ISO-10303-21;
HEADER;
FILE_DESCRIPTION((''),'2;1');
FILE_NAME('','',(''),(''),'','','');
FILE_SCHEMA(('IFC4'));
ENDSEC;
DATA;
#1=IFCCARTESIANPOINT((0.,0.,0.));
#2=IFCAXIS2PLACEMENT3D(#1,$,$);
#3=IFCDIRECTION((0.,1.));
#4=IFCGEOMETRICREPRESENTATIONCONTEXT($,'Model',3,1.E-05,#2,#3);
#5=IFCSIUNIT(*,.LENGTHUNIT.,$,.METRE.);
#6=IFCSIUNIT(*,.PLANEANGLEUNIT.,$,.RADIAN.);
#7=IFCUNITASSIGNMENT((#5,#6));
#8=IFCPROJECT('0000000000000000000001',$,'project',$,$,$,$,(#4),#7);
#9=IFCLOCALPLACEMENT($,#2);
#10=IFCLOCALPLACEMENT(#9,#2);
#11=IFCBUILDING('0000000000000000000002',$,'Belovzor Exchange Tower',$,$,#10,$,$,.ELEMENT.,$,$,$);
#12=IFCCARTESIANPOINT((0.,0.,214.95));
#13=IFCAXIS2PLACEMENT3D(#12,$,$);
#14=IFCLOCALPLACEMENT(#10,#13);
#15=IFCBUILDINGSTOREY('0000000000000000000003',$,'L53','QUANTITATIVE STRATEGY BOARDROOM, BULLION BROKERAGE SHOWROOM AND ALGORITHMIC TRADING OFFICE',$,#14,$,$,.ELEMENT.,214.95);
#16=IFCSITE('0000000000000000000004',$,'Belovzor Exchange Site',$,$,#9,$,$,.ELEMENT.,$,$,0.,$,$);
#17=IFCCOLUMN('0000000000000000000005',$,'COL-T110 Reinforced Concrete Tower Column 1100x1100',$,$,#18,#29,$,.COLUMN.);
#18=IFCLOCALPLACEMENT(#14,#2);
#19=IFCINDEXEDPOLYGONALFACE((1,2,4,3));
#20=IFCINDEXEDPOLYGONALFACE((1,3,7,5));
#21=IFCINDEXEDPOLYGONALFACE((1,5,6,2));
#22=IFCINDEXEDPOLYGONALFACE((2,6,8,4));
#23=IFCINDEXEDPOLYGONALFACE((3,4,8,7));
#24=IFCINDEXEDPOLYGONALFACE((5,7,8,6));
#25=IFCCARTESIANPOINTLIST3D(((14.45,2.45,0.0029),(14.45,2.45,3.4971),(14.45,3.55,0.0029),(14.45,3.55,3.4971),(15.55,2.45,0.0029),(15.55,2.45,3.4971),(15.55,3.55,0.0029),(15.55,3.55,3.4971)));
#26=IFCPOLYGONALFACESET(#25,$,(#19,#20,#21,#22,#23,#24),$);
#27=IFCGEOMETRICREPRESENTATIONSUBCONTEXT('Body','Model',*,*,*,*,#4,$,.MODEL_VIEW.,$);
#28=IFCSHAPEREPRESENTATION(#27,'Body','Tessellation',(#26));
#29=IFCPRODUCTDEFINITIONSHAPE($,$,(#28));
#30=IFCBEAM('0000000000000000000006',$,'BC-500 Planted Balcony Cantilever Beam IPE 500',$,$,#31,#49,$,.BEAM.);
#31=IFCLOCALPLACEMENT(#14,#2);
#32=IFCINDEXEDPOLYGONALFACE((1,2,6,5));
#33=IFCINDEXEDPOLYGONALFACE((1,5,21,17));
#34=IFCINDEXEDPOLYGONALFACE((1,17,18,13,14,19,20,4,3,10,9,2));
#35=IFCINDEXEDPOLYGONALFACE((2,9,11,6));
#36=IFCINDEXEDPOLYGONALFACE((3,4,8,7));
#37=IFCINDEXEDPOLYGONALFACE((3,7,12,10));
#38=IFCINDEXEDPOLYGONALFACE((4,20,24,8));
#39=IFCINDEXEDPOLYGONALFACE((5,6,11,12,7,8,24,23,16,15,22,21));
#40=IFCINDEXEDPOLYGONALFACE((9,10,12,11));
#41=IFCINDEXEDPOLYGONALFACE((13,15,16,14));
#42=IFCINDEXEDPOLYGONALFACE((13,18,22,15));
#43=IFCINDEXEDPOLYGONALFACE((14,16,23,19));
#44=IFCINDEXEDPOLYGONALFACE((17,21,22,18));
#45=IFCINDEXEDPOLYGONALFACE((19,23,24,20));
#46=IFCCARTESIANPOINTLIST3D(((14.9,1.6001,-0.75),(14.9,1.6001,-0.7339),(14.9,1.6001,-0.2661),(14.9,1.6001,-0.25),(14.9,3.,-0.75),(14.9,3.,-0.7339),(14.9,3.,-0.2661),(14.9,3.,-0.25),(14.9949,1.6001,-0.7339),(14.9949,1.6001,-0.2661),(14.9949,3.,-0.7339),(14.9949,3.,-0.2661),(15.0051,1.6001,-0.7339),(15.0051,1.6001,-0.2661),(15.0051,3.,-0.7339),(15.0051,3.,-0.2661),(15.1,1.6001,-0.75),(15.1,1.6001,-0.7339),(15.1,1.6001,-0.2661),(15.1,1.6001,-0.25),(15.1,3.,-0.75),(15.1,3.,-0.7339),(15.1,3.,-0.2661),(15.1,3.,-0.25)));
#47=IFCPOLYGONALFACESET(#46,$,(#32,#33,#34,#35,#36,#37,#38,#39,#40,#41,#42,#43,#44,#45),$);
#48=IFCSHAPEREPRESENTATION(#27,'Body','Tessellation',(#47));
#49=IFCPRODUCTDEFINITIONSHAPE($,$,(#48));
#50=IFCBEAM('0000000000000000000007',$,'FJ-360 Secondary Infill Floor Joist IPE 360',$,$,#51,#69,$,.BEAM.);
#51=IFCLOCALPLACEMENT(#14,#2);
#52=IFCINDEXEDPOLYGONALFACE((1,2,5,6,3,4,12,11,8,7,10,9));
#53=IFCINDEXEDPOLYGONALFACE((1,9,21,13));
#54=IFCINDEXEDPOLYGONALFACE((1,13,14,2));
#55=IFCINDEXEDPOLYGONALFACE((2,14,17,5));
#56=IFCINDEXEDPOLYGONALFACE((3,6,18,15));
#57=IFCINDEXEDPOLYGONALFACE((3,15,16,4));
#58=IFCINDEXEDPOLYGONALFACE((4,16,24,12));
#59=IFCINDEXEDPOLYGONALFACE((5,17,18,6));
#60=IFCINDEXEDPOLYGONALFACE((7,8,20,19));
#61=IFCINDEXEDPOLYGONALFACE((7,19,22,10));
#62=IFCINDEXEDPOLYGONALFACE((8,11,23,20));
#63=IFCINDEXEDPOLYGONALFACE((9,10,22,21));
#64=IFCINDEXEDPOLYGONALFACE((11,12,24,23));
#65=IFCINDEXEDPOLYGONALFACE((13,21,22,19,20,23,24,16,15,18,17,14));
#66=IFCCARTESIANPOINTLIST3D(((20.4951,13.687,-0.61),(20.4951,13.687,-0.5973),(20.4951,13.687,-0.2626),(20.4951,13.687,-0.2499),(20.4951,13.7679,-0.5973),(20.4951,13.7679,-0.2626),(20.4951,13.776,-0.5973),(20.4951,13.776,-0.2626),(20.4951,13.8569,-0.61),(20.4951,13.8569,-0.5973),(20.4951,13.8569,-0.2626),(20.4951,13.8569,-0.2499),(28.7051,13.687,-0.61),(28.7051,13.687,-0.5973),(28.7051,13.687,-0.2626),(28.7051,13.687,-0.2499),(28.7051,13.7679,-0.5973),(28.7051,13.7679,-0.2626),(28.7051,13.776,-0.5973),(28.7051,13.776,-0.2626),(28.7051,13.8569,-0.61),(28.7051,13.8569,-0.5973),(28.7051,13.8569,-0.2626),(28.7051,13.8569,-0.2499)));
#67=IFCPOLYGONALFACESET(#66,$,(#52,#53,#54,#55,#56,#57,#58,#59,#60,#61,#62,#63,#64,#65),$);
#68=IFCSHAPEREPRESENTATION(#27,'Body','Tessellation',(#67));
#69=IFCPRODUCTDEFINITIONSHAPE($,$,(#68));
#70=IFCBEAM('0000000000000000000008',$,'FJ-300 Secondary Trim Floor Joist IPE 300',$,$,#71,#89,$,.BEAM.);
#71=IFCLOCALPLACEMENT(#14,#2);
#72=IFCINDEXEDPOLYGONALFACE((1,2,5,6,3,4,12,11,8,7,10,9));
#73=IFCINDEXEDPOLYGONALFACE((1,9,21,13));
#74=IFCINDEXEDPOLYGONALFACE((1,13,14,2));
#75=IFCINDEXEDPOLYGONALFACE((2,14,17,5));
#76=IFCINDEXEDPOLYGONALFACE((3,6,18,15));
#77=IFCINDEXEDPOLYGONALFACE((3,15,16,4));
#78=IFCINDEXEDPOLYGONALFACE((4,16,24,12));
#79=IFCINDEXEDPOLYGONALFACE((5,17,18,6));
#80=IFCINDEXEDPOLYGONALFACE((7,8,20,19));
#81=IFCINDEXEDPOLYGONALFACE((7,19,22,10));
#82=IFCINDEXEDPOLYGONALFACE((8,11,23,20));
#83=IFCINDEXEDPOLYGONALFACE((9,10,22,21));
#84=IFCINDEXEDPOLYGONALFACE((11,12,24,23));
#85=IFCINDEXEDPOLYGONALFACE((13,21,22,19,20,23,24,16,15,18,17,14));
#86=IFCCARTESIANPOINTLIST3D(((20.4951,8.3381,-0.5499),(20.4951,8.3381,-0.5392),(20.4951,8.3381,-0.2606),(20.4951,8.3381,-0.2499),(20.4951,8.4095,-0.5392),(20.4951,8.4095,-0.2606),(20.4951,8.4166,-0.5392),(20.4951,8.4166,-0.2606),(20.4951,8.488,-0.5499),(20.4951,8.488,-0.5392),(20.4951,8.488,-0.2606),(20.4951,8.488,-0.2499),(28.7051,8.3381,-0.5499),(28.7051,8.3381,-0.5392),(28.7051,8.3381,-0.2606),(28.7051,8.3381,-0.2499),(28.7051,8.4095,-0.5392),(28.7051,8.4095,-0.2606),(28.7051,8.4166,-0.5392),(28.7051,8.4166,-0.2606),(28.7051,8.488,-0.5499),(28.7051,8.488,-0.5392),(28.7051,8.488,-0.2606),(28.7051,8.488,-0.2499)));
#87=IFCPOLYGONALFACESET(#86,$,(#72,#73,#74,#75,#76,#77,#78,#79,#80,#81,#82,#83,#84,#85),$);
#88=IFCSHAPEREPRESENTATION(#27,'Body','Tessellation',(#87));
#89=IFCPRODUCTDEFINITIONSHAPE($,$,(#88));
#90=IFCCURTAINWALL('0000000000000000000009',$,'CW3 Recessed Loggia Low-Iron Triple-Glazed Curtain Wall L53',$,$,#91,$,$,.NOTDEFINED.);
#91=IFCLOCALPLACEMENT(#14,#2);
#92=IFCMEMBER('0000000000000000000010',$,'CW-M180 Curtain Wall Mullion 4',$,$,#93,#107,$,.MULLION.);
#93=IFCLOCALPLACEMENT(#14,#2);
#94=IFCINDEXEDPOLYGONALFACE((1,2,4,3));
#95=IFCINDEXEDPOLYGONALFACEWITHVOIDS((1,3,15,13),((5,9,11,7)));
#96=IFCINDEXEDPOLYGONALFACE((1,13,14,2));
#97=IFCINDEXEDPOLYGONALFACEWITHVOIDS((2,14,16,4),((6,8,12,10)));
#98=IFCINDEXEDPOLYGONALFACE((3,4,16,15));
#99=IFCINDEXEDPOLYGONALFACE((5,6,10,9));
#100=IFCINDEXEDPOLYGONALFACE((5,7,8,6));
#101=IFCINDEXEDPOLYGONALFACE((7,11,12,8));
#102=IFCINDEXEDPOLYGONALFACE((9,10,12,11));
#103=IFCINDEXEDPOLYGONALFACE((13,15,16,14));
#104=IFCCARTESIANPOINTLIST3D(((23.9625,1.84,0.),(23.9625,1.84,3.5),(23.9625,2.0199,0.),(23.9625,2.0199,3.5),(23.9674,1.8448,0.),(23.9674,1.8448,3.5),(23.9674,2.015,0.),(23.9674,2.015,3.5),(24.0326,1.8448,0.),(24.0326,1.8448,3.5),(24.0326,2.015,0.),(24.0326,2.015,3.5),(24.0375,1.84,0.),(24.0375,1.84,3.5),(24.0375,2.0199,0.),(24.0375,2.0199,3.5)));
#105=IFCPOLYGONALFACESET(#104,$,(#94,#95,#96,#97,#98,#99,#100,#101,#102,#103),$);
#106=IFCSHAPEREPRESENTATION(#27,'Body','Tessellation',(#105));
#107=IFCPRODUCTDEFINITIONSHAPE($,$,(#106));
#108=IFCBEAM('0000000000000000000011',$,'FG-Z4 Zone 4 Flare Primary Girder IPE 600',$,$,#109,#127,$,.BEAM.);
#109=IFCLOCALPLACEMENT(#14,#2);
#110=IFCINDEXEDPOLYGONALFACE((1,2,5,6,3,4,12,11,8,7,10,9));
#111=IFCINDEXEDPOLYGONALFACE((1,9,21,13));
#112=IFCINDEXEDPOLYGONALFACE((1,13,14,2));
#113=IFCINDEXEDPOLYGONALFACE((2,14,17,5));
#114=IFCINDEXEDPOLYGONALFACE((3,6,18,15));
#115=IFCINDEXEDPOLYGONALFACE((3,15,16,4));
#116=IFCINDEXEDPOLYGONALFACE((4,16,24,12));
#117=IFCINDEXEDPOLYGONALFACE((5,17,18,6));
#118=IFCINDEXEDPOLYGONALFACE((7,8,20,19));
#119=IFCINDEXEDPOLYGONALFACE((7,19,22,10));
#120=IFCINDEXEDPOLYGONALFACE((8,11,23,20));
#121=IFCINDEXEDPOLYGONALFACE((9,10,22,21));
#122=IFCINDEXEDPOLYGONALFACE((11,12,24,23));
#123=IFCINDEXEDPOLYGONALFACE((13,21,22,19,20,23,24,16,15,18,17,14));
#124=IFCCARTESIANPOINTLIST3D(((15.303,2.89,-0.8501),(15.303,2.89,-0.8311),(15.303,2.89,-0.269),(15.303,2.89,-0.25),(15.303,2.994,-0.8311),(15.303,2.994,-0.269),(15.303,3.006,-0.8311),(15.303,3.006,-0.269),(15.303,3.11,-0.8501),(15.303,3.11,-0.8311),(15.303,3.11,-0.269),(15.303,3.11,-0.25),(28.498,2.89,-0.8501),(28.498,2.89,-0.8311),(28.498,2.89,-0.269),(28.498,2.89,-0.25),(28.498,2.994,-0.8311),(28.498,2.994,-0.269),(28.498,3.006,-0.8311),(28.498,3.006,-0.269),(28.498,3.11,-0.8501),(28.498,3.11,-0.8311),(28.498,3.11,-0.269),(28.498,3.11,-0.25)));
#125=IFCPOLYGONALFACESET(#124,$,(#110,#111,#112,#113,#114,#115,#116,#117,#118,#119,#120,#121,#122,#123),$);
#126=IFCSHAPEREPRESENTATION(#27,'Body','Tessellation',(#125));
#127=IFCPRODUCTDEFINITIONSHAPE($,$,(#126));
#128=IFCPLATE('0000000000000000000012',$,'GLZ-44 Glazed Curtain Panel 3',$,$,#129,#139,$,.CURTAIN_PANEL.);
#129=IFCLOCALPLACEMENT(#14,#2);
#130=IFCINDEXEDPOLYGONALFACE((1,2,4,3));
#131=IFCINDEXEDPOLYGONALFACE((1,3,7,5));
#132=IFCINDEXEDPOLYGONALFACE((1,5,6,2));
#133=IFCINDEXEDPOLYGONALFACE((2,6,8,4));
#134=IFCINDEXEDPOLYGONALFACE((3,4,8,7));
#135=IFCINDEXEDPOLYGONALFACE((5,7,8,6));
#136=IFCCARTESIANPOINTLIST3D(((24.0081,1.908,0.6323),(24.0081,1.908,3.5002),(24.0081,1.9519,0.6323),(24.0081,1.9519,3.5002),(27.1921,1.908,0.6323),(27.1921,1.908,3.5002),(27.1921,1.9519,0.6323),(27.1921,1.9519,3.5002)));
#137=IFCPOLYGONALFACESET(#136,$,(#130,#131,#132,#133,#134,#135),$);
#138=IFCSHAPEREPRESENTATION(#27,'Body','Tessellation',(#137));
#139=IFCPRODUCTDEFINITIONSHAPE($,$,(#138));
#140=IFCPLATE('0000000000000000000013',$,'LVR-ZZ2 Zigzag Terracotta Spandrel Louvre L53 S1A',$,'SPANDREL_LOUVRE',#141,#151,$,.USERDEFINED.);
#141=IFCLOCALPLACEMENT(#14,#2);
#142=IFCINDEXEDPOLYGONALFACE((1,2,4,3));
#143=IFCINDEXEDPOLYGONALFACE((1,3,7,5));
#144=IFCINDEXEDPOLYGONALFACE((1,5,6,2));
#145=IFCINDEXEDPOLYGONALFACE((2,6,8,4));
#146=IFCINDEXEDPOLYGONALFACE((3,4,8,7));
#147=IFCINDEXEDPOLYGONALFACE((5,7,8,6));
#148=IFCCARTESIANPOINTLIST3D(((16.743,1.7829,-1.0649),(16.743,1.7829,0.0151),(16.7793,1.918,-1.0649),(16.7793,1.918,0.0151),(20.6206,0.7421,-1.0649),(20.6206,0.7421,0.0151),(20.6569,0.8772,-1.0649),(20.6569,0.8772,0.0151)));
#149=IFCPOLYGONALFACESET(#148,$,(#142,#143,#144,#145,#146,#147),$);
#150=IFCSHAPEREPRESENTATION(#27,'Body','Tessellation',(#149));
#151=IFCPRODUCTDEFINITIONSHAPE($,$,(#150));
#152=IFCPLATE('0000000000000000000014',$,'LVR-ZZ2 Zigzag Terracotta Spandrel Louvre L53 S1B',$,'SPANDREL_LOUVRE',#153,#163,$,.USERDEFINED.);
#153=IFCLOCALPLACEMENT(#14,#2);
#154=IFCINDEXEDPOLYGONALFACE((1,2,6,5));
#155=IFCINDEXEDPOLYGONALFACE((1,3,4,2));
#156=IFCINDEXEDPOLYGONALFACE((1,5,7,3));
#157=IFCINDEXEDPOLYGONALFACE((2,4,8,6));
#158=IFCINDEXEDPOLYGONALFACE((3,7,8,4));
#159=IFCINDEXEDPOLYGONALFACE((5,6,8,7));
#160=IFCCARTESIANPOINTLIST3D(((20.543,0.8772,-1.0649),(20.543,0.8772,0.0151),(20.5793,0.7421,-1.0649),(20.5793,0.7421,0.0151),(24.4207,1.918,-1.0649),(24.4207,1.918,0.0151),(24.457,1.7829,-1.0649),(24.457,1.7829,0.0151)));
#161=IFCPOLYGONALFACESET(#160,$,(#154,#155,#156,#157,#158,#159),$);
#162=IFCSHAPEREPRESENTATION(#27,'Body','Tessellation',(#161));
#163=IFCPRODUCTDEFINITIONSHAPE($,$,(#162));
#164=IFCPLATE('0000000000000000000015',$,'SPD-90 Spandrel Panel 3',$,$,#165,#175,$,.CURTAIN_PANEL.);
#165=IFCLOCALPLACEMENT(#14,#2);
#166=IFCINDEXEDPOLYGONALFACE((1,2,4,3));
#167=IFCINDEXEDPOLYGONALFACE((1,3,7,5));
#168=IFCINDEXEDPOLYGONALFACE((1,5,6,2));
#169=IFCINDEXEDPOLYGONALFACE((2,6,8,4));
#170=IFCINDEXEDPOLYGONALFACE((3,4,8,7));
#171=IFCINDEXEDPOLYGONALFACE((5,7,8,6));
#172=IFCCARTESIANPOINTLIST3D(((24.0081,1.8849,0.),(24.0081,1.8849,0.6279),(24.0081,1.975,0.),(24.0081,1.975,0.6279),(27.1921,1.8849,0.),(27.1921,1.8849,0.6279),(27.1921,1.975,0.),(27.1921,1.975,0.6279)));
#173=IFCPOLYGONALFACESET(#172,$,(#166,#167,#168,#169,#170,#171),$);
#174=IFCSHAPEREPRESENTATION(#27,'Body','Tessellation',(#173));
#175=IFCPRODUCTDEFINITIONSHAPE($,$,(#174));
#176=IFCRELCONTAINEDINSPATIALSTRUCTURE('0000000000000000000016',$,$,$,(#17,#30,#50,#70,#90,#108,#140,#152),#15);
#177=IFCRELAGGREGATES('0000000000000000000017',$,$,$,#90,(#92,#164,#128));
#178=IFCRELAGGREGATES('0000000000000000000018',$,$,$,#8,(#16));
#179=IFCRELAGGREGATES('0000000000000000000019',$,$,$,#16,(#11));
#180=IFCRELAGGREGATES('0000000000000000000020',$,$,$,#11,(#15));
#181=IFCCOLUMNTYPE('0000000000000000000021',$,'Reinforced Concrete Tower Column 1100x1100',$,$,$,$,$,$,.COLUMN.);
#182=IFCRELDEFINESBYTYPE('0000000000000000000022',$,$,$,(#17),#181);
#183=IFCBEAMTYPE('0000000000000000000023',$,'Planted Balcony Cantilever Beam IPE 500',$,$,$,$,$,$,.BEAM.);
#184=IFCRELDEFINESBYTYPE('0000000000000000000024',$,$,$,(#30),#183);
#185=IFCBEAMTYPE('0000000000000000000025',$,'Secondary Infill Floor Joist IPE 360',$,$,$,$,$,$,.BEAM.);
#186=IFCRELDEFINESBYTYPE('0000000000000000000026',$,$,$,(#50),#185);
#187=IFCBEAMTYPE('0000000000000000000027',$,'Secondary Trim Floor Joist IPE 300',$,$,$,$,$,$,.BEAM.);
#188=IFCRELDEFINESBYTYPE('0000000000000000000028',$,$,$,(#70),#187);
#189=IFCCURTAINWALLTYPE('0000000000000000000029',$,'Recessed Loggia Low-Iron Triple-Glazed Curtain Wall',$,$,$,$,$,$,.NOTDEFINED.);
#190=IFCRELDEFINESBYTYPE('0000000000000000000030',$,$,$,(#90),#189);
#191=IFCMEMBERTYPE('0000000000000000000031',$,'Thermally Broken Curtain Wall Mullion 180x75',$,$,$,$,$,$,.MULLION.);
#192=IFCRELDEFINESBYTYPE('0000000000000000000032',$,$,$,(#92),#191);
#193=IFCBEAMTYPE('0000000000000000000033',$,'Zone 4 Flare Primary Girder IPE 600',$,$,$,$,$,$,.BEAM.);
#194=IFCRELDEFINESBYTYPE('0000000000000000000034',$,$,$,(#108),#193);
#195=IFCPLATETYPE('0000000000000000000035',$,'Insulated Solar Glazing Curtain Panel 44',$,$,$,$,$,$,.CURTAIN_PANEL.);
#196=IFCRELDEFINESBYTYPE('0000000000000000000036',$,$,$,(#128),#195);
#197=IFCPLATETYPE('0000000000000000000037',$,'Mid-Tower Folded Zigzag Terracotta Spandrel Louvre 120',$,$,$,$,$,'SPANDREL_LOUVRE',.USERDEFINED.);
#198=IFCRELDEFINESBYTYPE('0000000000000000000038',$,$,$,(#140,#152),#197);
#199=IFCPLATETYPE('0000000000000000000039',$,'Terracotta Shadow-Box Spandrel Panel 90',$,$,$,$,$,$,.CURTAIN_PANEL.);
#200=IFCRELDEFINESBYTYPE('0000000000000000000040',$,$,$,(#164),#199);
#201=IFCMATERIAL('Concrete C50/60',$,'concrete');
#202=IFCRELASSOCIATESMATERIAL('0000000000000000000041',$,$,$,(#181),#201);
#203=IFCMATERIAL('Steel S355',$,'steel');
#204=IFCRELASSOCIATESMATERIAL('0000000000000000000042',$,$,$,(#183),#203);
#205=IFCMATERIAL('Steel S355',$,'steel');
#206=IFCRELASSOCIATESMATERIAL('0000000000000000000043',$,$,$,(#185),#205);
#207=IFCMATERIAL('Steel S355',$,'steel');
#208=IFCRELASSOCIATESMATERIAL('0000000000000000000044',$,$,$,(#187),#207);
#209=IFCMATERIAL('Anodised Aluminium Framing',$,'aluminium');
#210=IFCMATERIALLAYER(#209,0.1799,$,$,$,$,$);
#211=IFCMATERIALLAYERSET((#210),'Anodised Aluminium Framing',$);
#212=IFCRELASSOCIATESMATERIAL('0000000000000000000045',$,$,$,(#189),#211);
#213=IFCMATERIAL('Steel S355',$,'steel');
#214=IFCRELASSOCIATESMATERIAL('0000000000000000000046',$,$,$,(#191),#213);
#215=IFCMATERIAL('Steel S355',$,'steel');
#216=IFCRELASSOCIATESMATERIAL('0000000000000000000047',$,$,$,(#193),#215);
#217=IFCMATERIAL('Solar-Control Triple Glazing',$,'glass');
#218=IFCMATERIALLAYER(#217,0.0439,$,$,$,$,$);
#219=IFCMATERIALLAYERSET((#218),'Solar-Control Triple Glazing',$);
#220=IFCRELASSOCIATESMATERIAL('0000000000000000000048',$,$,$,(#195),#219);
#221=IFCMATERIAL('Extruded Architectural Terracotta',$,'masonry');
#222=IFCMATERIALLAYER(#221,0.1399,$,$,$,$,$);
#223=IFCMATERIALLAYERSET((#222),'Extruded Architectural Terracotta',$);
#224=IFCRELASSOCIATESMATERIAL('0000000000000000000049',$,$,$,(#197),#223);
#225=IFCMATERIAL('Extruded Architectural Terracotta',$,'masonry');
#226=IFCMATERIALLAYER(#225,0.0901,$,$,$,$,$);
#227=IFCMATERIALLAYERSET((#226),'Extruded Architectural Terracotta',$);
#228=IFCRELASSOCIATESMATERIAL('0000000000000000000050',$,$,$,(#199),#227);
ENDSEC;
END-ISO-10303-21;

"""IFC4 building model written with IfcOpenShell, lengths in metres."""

from ifc_helpers import new_model, si_unit, direction, frame, origin, origin_2d, place, context, subcontext, project, spatial, rectangle, hollow_rectangle, i_section, extrude, material, layer, layer_set, material_profile, profile_set, type_object, element, aggregate, save


model = new_model("IFC4")

# Units and contexts
model_context = context("Model", 3, precision=1e-05, world=origin(), true_north=direction((0.0, 1.0)))
body_context = subcontext(model_context, "Body", "Model", "MODEL_VIEW")
ifc_project = project(units=[si_unit("LENGTHUNIT", "METRE"), si_unit("PLANEANGLEUNIT", "RADIAN")], contexts=[model_context])

# Site, building, storey
site_placement = place(None, origin())
site = spatial("IfcSite", under=ifc_project, at=site_placement, Name="Belovzor Exchange Site", CompositionType="ELEMENT", RefElevation=0.0)
building_placement = place(site_placement, origin())
building = spatial("IfcBuilding", under=site, at=building_placement, Name="Belovzor Exchange Tower", CompositionType="ELEMENT")
storey_placement = place(building_placement, frame((0.0, 0.0, 214.95)))
storey = spatial("IfcBuildingStorey", under=building, at=storey_placement, Name="L53", Description="QUANTITATIVE STRATEGY BOARDROOM, BULLION BROKERAGE SHOWROOM AND ALGORITHMIC TRADING OFFICE", CompositionType="ELEMENT", Elevation=214.95)

# Column
ifc_material_1 = material(Name="Concrete C50/60", Category="concrete")
ifc_material_profile_1 = material_profile(ifc_material_1, rectangle(XDim=1.1001, YDim=1.1001, at=origin_2d()))
ifc_profile_set_1 = profile_set([ifc_material_profile_1], Name="Concrete C50/60")
column_type = type_object("IfcColumnType", Name="Reinforced Concrete Tower Column 1100x1100", PredefinedType="COLUMN", material=ifc_profile_set_1)
column_placement = place(storey_placement, frame((15.0, 3.0, 0.0029), z_axis=(0.0, 0.0, 1.0), x_axis=(1.0, 0.0, 0.0)))
element("IfcColumn", 1, at=column_placement, inside=storey, type_object=column_type, Name="COL-T110 Reinforced Concrete Tower Column 1100x1100", PredefinedType="COLUMN", context=body_context, shape_type="SweptSolid", body=[
    extrude(rectangle(XDim=1.1001, YDim=1.1001, at=origin_2d()), origin(), (0.0, 0.0, 1.0), 3.4941),
])

# Beams
ifc_material_2 = material(Name="Steel S355", Category="steel")
ifc_material_profile_2 = material_profile(ifc_material_2, i_section(OverallWidth=0.2, OverallDepth=0.5, WebThickness=0.0103, FlangeThickness=0.0161, at=origin_2d()))
ifc_profile_set_2 = profile_set([ifc_material_profile_2], Name="Steel S355")
beam_type_1 = type_object("IfcBeamType", Name="Planted Balcony Cantilever Beam IPE 500", PredefinedType="BEAM", material=ifc_profile_set_2)
beam_1_placement = place(storey_placement, frame((15.0, 3.0, -0.5), z_axis=(0.0, -1.0, 0.0), x_axis=(1.0, 0.0, 0.0)))
element("IfcBeam", 2, at=beam_1_placement, inside=storey, type_object=beam_type_1, Name="BC-500 Planted Balcony Cantilever Beam IPE 500", PredefinedType="BEAM", context=body_context, shape_type="SweptSolid", body=[
    extrude(i_section(OverallWidth=0.2, OverallDepth=0.5, WebThickness=0.0103, FlangeThickness=0.0161, at=origin_2d()), origin(), (0.0, 0.0, 1.0), 1.3999),
])
ifc_material_3 = material(Name="Steel S355", Category="steel")
ifc_material_profile_3 = material_profile(ifc_material_3, i_section(OverallWidth=0.1699, OverallDepth=0.3601, WebThickness=0.0081, FlangeThickness=0.0127, at=origin_2d()))
ifc_profile_set_3 = profile_set([ifc_material_profile_3], Name="Steel S355")
beam_type_2 = type_object("IfcBeamType", Name="Secondary Infill Floor Joist IPE 360", PredefinedType="BEAM", material=ifc_profile_set_3)
beam_2_placement = place(storey_placement, frame((20.4951, 13.772, -0.4299), z_axis=(1.0, 0.0, 0.0), x_axis=(0.0, 1.0, 0.0)))
element("IfcBeam", 3, at=beam_2_placement, inside=storey, type_object=beam_type_2, Name="FJ-360 Secondary Infill Floor Joist IPE 360", PredefinedType="BEAM", context=body_context, shape_type="SweptSolid", body=[
    extrude(i_section(OverallWidth=0.1699, OverallDepth=0.3601, WebThickness=0.0081, FlangeThickness=0.0127, at=origin_2d()), origin(), (0.0, 0.0, 1.0), 8.21),
])
ifc_material_4 = material(Name="Steel S355", Category="steel")
ifc_material_profile_4 = material_profile(ifc_material_4, i_section(OverallWidth=0.1499, OverallDepth=0.3, WebThickness=0.0071, FlangeThickness=0.0107, at=origin_2d()))
ifc_profile_set_4 = profile_set([ifc_material_profile_4], Name="Steel S355")
beam_type_3 = type_object("IfcBeamType", Name="Secondary Trim Floor Joist IPE 300", PredefinedType="BEAM", material=ifc_profile_set_4)
beam_3_placement = place(storey_placement, frame((20.4951, 8.4131, -0.3999), z_axis=(1.0, 0.0, 0.0), x_axis=(0.0, 1.0, 0.0)))
element("IfcBeam", 4, at=beam_3_placement, inside=storey, type_object=beam_type_3, Name="FJ-300 Secondary Trim Floor Joist IPE 300", PredefinedType="BEAM", context=body_context, shape_type="SweptSolid", body=[
    extrude(i_section(OverallWidth=0.1499, OverallDepth=0.3, WebThickness=0.0071, FlangeThickness=0.0107, at=origin_2d()), origin(), (0.0, 0.0, 1.0), 8.21),
])

# Curtain wall, member
ifc_material_5 = material(Name="Anodised Aluminium Framing", Category="aluminium")
ifc_layer_1 = layer(ifc_material_5, 0.1799)
ifc_layer_set_1 = layer_set([ifc_layer_1], Name="Anodised Aluminium Framing")
curtain_wall_type = type_object("IfcCurtainWallType", Name="Recessed Loggia Low-Iron Triple-Glazed Curtain Wall", PredefinedType="NOTDEFINED", material=ifc_layer_set_1)
curtain_wall_placement = place(storey_placement, origin())
curtain_wall = element("IfcCurtainWall", 5, at=curtain_wall_placement, inside=storey, type_object=curtain_wall_type, Name="CW3 Recessed Loggia Low-Iron Triple-Glazed Curtain Wall L53", PredefinedType="NOTDEFINED")
ifc_material_6 = material(Name="Steel S355", Category="steel")
ifc_material_profile_5 = material_profile(ifc_material_6, hollow_rectangle(XDim=0.075, YDim=0.1799, WallThickness=0.0049, at=origin_2d()))
ifc_profile_set_5 = profile_set([ifc_material_profile_5], Name="Steel S355")
member_type = type_object("IfcMemberType", Name="Thermally Broken Curtain Wall Mullion 180x75", PredefinedType="MULLION", material=ifc_profile_set_5)
member_placement = place(storey_placement, frame((24.0, 1.9299, 0.0), z_axis=(0.0, 0.0, 1.0), x_axis=(-1.0, 0.0, 0.0)))
member = element("IfcMember", 6, at=member_placement, type_object=member_type, Name="CW-M180 Curtain Wall Mullion 4", PredefinedType="MULLION", context=body_context, shape_type="SweptSolid", body=[
    extrude(hollow_rectangle(XDim=0.075, YDim=0.1799, WallThickness=0.0049, at=origin_2d()), origin(), (0.0, 0.0, 1.0), 3.5),
])

# Beam
ifc_material_7 = material(Name="Steel S355", Category="steel")
ifc_material_profile_6 = material_profile(ifc_material_7, i_section(OverallWidth=0.22, OverallDepth=0.6001, WebThickness=0.012, FlangeThickness=0.019, at=origin_2d()))
ifc_profile_set_6 = profile_set([ifc_material_profile_6], Name="Steel S355")
beam_type_4 = type_object("IfcBeamType", Name="Zone 4 Flare Primary Girder IPE 600", PredefinedType="BEAM", material=ifc_profile_set_6)
beam_4_placement = place(storey_placement, frame((15.303, 3.0, -0.55), z_axis=(1.0, 0.0, 0.0), x_axis=(0.0, 1.0, 0.0)))
element("IfcBeam", 7, at=beam_4_placement, inside=storey, type_object=beam_type_4, Name="FG-Z4 Zone 4 Flare Primary Girder IPE 600", PredefinedType="BEAM", context=body_context, shape_type="SweptSolid", body=[
    extrude(i_section(OverallWidth=0.22, OverallDepth=0.6001, WebThickness=0.012, FlangeThickness=0.019, at=origin_2d()), origin(), (0.0, 0.0, 1.0), 13.1951),
])

# Plate
ifc_material_8 = material(Name="Solar-Control Triple Glazing", Category="glass")
ifc_layer_2 = layer(ifc_material_8, 0.0439)
ifc_layer_set_2 = layer_set([ifc_layer_2], Name="Solar-Control Triple Glazing")
plate_type_1 = type_object("IfcPlateType", Name="Insulated Solar Glazing Curtain Panel 44", PredefinedType="CURTAIN_PANEL", material=ifc_layer_set_2)
plate_1_placement = place(storey_placement, frame((25.6001, 1.9299, 0.6323), z_axis=(0.0, 0.0, 1.0), x_axis=(-1.0, 0.0, 0.0)))
plate_1 = element("IfcPlate", 8, at=plate_1_placement, type_object=plate_type_1, Name="GLZ-44 Glazed Curtain Panel 3", PredefinedType="CURTAIN_PANEL", context=body_context, shape_type="SweptSolid", body=[
    extrude(rectangle(XDim=3.1841, YDim=0.0439, at=origin_2d()), origin(), (0.0, 0.0, 1.0), 2.8679),
])

# Plates
ifc_material_9 = material(Name="Extruded Architectural Terracotta", Category="masonry")
ifc_layer_3 = layer(ifc_material_9, 0.1399)
ifc_layer_set_3 = layer_set([ifc_layer_3], Name="Extruded Architectural Terracotta")
plate_type_2 = type_object("IfcPlateType", Name="Mid-Tower Folded Zigzag Terracotta Spandrel Louvre 120", ElementType="SPANDREL_LOUVRE", PredefinedType="USERDEFINED", material=ifc_layer_set_3)
for number, where, z_axis, x_axis, name in (
    (9, (18.7, 1.3301, -1.0649), (0.0, 0.0, 1.0), (0.965813, -0.25924, 0.0), "LVR-ZZ2 Zigzag Terracotta Spandrel Louvre L53 S1A"),
    (10, (22.5, 1.3301, -1.0649), (0.0, 0.0, 1.0), (0.965813, 0.25924, 0.0), "LVR-ZZ2 Zigzag Terracotta Spandrel Louvre L53 S1B"),
):
    element("IfcPlate", number, at=place(storey_placement, frame(where, z_axis=z_axis, x_axis=x_axis)), inside=storey, type_object=plate_type_2, Name=name, ObjectType="SPANDREL_LOUVRE", PredefinedType="USERDEFINED", context=body_context, shape_type="SweptSolid", body=[
        extrude(rectangle(XDim=4.0149, YDim=0.1399, at=origin_2d()), origin(), (0.0, 0.0, 1.0), 1.0801),
    ])

# Plate
ifc_material_10 = material(Name="Extruded Architectural Terracotta", Category="masonry")
ifc_layer_4 = layer(ifc_material_10, 0.0901)
ifc_layer_set_4 = layer_set([ifc_layer_4], Name="Extruded Architectural Terracotta")
plate_type_3 = type_object("IfcPlateType", Name="Terracotta Shadow-Box Spandrel Panel 90", PredefinedType="CURTAIN_PANEL", material=ifc_layer_set_4)
plate_2_placement = place(storey_placement, frame((25.6001, 1.9299, 0.0), z_axis=(0.0, 0.0, 1.0), x_axis=(-1.0, 0.0, 0.0)))
plate_2 = element("IfcPlate", 11, at=plate_2_placement, type_object=plate_type_3, Name="SPD-90 Spandrel Panel 3", PredefinedType="CURTAIN_PANEL", context=body_context, shape_type="SweptSolid", body=[
    extrude(rectangle(XDim=3.1841, YDim=0.0901, at=origin_2d()), origin(), (0.0, 0.0, 1.0), 0.6279),
])
aggregate(curtain_wall, [member, plate_2, plate_1])

save(model, "model.ifc")
